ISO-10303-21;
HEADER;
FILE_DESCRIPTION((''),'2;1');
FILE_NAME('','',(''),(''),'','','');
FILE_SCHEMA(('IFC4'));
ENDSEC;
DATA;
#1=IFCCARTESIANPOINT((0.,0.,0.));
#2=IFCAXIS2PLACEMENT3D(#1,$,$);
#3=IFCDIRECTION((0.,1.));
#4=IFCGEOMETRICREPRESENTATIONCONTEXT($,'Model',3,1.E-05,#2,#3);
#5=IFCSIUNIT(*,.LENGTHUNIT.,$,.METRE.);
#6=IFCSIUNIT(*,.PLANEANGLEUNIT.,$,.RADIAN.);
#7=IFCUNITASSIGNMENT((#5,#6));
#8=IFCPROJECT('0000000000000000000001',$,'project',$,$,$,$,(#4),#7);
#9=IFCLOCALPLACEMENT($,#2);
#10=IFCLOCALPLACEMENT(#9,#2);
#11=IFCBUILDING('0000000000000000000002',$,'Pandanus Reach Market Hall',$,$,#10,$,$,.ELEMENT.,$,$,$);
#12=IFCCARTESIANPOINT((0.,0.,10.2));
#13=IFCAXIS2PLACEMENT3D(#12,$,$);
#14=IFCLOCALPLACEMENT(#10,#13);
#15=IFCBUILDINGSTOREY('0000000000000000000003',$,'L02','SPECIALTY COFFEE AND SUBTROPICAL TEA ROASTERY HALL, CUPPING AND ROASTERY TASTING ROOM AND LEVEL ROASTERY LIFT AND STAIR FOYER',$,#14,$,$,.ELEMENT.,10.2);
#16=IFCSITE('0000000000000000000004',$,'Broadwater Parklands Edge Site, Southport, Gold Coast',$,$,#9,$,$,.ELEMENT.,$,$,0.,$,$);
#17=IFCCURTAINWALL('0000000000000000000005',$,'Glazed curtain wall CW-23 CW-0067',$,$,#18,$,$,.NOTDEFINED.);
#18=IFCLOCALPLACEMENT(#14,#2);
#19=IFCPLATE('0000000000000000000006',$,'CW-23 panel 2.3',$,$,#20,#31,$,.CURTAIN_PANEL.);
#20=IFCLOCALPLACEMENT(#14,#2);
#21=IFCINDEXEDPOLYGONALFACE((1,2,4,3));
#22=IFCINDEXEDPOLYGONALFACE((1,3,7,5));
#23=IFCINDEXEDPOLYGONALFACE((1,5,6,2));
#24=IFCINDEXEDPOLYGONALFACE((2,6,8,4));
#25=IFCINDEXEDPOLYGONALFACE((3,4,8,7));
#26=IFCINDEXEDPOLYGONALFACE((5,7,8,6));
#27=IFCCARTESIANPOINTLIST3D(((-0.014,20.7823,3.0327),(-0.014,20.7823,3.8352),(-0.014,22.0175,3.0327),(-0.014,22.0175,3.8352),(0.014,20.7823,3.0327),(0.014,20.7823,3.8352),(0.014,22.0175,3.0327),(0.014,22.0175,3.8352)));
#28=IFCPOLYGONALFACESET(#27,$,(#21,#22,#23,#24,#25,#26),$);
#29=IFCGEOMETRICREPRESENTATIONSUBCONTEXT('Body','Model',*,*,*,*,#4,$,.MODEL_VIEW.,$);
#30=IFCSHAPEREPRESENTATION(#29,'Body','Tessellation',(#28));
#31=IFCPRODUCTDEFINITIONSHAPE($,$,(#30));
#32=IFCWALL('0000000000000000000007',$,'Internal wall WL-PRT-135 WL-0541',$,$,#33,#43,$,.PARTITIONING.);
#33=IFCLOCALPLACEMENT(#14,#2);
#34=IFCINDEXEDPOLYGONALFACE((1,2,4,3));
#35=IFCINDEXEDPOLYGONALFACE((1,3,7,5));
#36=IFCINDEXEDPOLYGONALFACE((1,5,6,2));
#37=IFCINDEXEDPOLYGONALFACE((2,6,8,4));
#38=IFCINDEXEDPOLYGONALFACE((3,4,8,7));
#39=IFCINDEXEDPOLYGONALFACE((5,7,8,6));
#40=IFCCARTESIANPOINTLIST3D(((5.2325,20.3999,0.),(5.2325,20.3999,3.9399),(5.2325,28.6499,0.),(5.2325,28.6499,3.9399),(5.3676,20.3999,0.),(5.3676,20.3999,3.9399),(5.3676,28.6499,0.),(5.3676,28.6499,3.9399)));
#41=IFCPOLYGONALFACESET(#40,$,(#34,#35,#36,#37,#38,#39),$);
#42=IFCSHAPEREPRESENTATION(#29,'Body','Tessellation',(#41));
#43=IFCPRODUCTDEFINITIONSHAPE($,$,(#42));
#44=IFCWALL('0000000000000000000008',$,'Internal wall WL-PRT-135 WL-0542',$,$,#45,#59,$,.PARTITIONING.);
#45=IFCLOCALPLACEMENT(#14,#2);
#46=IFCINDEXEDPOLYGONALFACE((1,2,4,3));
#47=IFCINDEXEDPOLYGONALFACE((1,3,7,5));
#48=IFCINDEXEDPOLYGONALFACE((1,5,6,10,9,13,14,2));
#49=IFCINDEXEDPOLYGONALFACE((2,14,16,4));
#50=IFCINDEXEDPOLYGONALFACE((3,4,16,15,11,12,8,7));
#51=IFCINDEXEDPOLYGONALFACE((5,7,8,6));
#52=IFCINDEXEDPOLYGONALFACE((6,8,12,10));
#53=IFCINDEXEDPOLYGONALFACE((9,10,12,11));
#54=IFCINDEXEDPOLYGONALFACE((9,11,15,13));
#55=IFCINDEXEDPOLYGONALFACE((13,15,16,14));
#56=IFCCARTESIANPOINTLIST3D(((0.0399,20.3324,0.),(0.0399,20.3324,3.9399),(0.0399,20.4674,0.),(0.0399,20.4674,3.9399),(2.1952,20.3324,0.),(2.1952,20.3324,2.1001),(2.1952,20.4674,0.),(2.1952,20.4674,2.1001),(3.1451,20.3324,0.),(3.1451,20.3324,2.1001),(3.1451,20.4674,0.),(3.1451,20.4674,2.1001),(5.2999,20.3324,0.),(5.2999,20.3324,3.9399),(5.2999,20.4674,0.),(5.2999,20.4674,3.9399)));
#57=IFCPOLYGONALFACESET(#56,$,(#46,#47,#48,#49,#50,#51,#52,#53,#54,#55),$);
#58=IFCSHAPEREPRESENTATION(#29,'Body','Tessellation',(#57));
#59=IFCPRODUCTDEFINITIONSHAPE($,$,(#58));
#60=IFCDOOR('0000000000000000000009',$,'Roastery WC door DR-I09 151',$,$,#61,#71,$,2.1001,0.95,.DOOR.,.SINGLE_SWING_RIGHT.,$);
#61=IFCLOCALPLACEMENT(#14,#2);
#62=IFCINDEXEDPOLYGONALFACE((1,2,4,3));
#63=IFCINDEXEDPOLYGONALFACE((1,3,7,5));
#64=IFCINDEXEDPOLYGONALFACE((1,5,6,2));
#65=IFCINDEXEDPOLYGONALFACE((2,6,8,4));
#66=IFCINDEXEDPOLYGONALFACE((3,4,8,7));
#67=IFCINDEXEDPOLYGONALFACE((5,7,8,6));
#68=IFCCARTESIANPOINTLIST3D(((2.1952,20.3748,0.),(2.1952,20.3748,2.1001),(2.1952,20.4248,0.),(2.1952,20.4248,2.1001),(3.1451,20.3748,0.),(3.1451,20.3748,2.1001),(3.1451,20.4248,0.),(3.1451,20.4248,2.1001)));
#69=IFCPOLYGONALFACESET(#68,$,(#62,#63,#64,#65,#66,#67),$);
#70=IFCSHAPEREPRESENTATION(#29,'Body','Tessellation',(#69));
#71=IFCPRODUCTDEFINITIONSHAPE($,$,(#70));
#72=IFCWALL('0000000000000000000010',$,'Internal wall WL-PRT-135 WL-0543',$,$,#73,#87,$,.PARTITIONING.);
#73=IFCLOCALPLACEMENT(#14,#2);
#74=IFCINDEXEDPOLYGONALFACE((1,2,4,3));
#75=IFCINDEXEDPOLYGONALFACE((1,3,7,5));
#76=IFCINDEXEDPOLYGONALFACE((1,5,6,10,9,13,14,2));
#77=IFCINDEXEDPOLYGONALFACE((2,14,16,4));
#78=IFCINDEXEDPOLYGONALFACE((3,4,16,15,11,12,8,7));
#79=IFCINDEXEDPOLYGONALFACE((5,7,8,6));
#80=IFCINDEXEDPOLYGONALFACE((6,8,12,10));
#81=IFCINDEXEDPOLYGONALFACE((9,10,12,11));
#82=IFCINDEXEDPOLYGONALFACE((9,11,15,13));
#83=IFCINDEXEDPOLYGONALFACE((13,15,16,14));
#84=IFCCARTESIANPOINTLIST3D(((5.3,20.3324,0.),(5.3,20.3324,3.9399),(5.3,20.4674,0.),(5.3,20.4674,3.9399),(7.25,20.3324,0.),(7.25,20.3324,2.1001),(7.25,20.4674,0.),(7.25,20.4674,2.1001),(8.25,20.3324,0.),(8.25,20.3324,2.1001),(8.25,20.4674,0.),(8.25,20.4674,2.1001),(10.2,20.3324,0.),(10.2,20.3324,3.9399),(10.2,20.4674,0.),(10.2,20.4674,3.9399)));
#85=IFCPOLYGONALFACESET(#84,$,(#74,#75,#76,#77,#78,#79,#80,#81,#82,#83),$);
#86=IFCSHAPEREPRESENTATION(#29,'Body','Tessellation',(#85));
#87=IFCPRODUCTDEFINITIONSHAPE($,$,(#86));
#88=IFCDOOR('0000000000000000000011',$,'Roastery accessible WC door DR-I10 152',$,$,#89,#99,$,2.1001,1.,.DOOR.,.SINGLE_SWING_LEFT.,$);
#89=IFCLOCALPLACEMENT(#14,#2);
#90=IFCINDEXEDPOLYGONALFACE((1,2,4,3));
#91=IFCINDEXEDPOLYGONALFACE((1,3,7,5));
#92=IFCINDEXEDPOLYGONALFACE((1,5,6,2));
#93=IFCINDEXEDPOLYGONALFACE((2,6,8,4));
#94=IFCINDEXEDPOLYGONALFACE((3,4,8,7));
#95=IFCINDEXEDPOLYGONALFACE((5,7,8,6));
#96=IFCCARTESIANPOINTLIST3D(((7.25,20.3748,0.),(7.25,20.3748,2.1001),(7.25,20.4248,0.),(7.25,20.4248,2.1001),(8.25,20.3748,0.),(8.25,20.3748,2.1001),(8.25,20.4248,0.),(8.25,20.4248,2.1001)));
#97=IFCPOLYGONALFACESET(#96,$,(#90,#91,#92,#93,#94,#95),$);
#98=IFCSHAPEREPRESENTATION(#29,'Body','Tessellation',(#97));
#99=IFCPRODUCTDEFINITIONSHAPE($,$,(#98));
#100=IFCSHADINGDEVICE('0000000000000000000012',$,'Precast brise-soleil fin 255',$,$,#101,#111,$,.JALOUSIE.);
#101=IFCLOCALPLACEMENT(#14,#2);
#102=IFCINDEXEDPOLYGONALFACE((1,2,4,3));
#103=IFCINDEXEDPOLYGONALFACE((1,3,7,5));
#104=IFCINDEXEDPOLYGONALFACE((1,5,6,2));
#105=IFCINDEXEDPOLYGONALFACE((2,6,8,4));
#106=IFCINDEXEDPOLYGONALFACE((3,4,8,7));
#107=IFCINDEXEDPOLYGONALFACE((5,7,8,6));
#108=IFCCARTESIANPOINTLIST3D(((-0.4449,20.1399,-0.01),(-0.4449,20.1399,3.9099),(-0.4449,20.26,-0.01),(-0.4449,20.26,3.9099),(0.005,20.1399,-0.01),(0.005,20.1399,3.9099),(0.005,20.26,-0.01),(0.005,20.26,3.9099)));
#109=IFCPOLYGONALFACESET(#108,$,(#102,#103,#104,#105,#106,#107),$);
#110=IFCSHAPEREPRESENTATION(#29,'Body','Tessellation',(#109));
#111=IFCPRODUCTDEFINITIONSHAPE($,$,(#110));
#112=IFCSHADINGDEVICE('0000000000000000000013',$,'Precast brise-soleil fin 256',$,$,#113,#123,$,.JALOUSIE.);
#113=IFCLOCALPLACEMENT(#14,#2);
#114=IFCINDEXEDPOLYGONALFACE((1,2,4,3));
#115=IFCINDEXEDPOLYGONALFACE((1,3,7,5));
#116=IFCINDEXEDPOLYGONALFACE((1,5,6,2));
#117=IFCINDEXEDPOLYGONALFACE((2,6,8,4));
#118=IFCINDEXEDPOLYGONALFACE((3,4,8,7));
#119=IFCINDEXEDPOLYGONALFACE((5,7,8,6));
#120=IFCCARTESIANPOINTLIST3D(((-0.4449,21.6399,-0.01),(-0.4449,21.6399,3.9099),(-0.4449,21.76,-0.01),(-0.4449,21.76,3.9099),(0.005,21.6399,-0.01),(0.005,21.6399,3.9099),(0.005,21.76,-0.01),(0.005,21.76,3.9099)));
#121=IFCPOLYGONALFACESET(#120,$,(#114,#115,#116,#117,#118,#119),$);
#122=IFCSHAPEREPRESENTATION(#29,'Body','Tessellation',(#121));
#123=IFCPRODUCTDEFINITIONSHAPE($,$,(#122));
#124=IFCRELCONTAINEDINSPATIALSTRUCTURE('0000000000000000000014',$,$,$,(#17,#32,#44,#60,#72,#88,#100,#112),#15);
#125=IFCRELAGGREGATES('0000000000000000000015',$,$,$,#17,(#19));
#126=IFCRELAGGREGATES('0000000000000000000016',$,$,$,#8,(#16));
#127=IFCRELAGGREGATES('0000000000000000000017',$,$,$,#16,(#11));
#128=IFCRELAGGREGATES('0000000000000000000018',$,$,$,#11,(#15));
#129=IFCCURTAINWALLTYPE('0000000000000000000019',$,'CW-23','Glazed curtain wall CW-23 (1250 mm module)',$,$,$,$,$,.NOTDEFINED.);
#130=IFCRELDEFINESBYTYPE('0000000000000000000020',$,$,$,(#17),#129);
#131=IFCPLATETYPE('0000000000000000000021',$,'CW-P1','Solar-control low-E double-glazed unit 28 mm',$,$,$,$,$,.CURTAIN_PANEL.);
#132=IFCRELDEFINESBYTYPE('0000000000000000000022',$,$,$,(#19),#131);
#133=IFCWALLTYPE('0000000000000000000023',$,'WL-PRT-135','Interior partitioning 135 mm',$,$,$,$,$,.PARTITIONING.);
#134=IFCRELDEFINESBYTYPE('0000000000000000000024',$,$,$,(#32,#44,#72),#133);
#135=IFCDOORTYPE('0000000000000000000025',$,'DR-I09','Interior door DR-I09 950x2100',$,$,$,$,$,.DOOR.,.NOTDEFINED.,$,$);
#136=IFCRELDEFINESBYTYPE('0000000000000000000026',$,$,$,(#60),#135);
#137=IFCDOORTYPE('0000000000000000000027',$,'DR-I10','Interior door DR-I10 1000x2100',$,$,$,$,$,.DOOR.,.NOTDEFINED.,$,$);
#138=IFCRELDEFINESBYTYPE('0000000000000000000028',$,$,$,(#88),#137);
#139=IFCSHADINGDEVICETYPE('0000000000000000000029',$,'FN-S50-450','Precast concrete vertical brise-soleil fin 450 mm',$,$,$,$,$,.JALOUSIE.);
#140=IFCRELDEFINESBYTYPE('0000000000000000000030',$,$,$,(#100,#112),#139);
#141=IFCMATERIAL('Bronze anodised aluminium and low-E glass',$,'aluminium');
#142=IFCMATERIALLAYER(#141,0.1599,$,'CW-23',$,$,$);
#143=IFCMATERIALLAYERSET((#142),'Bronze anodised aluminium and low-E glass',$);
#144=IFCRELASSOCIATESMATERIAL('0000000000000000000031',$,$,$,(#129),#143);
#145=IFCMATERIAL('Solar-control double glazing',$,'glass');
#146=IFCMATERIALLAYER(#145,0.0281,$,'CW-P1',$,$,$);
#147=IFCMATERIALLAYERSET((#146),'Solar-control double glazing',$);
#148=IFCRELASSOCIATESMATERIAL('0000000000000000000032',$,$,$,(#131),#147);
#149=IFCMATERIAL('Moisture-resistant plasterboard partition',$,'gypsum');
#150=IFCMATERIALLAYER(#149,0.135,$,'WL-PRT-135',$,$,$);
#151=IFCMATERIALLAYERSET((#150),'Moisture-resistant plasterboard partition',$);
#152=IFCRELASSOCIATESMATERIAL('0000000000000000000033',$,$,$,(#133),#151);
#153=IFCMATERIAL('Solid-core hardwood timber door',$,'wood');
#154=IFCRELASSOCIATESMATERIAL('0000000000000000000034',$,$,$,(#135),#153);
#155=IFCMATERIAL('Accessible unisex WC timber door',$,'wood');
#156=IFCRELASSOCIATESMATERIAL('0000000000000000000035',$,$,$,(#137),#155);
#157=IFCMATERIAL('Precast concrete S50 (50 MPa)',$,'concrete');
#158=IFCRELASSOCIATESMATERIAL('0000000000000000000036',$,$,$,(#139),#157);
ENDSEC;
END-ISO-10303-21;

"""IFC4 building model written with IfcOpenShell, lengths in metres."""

from ifc_helpers import new_model, si_unit, direction, frame, frame_2d, origin, origin_2d, place, context, subcontext, project, spatial, rectangle, extrude, material, layer, layer_set, type_object, element, fill, aggregate, save


model = new_model("IFC4")

# Units and contexts
model_context = context("Model", 3, precision=1e-05, world=origin(), true_north=direction((0.0, 1.0)))
body_context = subcontext(model_context, "Body", "Model", "MODEL_VIEW")
ifc_project = project(units=[si_unit("LENGTHUNIT", "METRE"), si_unit("PLANEANGLEUNIT", "RADIAN")], contexts=[model_context])

# Site, building, storey
site_placement = place(None, origin())
site = spatial("IfcSite", under=ifc_project, at=site_placement, Name="Broadwater Parklands Edge Site, Southport, Gold Coast", CompositionType="ELEMENT", RefElevation=0.0)
building_placement = place(site_placement, origin())
building = spatial("IfcBuilding", under=site, at=building_placement, Name="Pandanus Reach Market Hall", CompositionType="ELEMENT")
storey_placement = place(building_placement, frame((0.0, 0.0, 10.2)))
storey = spatial("IfcBuildingStorey", under=building, at=storey_placement, Name="L02", Description="SPECIALTY COFFEE AND SUBTROPICAL TEA ROASTERY HALL, CUPPING AND ROASTERY TASTING ROOM AND LEVEL ROASTERY LIFT AND STAIR FOYER", CompositionType="ELEMENT", Elevation=10.2)

# Curtain wall
ifc_material_1 = material(Name="Bronze anodised aluminium and low-E glass", Category="aluminium")
ifc_layer_1 = layer(ifc_material_1, 0.1599, Name="CW-23")
ifc_layer_set_1 = layer_set([ifc_layer_1], Name="Bronze anodised aluminium and low-E glass")
curtain_wall_type = type_object("IfcCurtainWallType", Name="CW-23", Description="Glazed curtain wall CW-23 (1250 mm module)", PredefinedType="NOTDEFINED", material=ifc_layer_set_1)
curtain_wall_placement = place(storey_placement, origin())
curtain_wall = element("IfcCurtainWall", 1, at=curtain_wall_placement, inside=storey, type_object=curtain_wall_type, Name="Glazed curtain wall CW-23 CW-0067", PredefinedType="NOTDEFINED")

# Plate
ifc_material_2 = material(Name="Solar-control double glazing", Category="glass")
ifc_layer_2 = layer(ifc_material_2, 0.0281, Name="CW-P1")
ifc_layer_set_2 = layer_set([ifc_layer_2], Name="Solar-control double glazing")
plate_type = type_object("IfcPlateType", Name="CW-P1", Description="Solar-control low-E double-glazed unit 28 mm", PredefinedType="CURTAIN_PANEL", material=ifc_layer_set_2)
plate_1_placement = place(storey_placement, frame((0.0, 21.3999, 3.0327), z_axis=(0.0, 0.0, 1.0), x_axis=(0.0, 1.0, 0.0)))
plate_1 = element("IfcPlate", 2, at=plate_1_placement, type_object=plate_type, Name="CW-23 panel 2.3", PredefinedType="CURTAIN_PANEL", context=body_context, shape_type="SweptSolid", body=[
    extrude(rectangle(XDim=1.2351, YDim=0.0281, at=origin_2d()), origin(), (0.0, 0.0, 1.0), 0.8025),
])
aggregate(curtain_wall, [plate_1])

# Wall
ifc_material_3 = material(Name="Moisture-resistant plasterboard partition", Category="gypsum")
ifc_layer_3 = layer(ifc_material_3, 0.135, Name="WL-PRT-135")
ifc_layer_set_3 = layer_set([ifc_layer_3], Name="Moisture-resistant plasterboard partition")
wall_type = type_object("IfcWallType", Name="WL-PRT-135", Description="Interior partitioning 135 mm", PredefinedType="PARTITIONING", material=ifc_layer_set_3)
wall_1_placement = place(storey_placement, frame((5.3, 20.3999, 0.0), z_axis=(0.0, 0.0, 1.0), x_axis=(0.0, 1.0, 0.0)))
element("IfcWall", 3, at=wall_1_placement, inside=storey, type_object=wall_type, Name="Internal wall WL-PRT-135 WL-0541", PredefinedType="PARTITIONING", context=body_context, shape_type="SweptSolid", body=[
    extrude(rectangle(XDim=8.25, YDim=0.135, at=frame_2d((4.125, 0.0))), origin(), (0.0, 0.0, 1.0), 3.9399),
])

# Walls, openings, doors
wall_2_placement = place(storey_placement, frame((0.04, 20.3999, 0.0), z_axis=(0.0, 0.0, 1.0), x_axis=(1.0, 0.0, 0.0)))
wall_2 = element("IfcWall", 4, at=wall_2_placement, inside=storey, type_object=wall_type, Name="Internal wall WL-PRT-135 WL-0542", PredefinedType="PARTITIONING", context=body_context, shape_type="SweptSolid", body=[
    extrude(rectangle(XDim=5.26, YDim=0.135, at=frame_2d((2.6299, 0.0))), origin(), (0.0, 0.0, 1.0), 3.9399),
])
opening_1_placement = place(wall_2_placement, frame((2.155, 0.0, 0.0)))
opening_1 = element("IfcOpeningElement", 5, at=opening_1_placement, cuts=wall_2, PredefinedType="OPENING", context=body_context, shape_type="SweptSolid", body=[
    extrude(rectangle(XDim=0.95, YDim=2.1001, at=frame_2d((0.4751, 1.05))), frame((0.0, 0.0825, 0.0), z_axis=(0.0, -1.0, 0.0), x_axis=(1.0, 0.0, 0.0)), (0.0, 0.0, 1.0), 0.165),
])
ifc_material_4 = material(Name="Solid-core hardwood timber door", Category="wood")
door_type_1 = type_object("IfcDoorType", Name="DR-I09", Description="Interior door DR-I09 950x2100", OperationType="NOTDEFINED", PredefinedType="DOOR", material=ifc_material_4)
door_1_placement = place(opening_1_placement, origin())
door_1 = element("IfcDoor", 6, at=door_1_placement, inside=storey, type_object=door_type_1, Name="Roastery WC door DR-I09 151", OperationType="SINGLE_SWING_RIGHT", OverallHeight=2.1001, OverallWidth=0.95, PredefinedType="DOOR", context=body_context, shape_type="SweptSolid", body=[
    extrude(rectangle(XDim=0.95, YDim=2.1001, at=frame_2d((0.4751, 1.05))), frame((0.0, 0.0249, 0.0), z_axis=(0.0, -1.0, 0.0), x_axis=(1.0, 0.0, 0.0)), (0.0, 0.0, 1.0), 0.05),
])
fill(opening_1, door_1)
wall_3_placement = place(storey_placement, frame((5.3, 20.3999, 0.0), z_axis=(0.0, 0.0, 1.0), x_axis=(1.0, 0.0, 0.0)))
wall_3 = element("IfcWall", 7, at=wall_3_placement, inside=storey, type_object=wall_type, Name="Internal wall WL-PRT-135 WL-0543", PredefinedType="PARTITIONING", context=body_context, shape_type="SweptSolid", body=[
    extrude(rectangle(XDim=4.8999, YDim=0.135, at=frame_2d((2.45, 0.0))), origin(), (0.0, 0.0, 1.0), 3.9399),
])
opening_2_placement = place(wall_3_placement, frame((1.95, 0.0, 0.0)))
opening_2 = element("IfcOpeningElement", 8, at=opening_2_placement, cuts=wall_3, PredefinedType="OPENING", context=body_context, shape_type="SweptSolid", body=[
    extrude(rectangle(XDim=1.0, YDim=2.1001, at=frame_2d((0.5, 1.05))), frame((0.0, 0.0825, 0.0), z_axis=(0.0, -1.0, 0.0), x_axis=(1.0, 0.0, 0.0)), (0.0, 0.0, 1.0), 0.165),
])
ifc_material_5 = material(Name="Accessible unisex WC timber door", Category="wood")
door_type_2 = type_object("IfcDoorType", Name="DR-I10", Description="Interior door DR-I10 1000x2100", OperationType="NOTDEFINED", PredefinedType="DOOR", material=ifc_material_5)
door_2_placement = place(opening_2_placement, origin())
door_2 = element("IfcDoor", 9, at=door_2_placement, inside=storey, type_object=door_type_2, Name="Roastery accessible WC door DR-I10 152", OperationType="SINGLE_SWING_LEFT", OverallHeight=2.1001, OverallWidth=1.0, PredefinedType="DOOR", context=body_context, shape_type="SweptSolid", body=[
    extrude(rectangle(XDim=1.0, YDim=2.1001, at=frame_2d((0.5, 1.05))), frame((0.0, 0.0249, 0.0), z_axis=(0.0, -1.0, 0.0), x_axis=(1.0, 0.0, 0.0)), (0.0, 0.0, 1.0), 0.05),
])
fill(opening_2, door_2)

# Shading devices
ifc_material_6 = material(Name="Precast concrete S50 (50 MPa)", Category="concrete")
shading_device_type = type_object("IfcShadingDeviceType", Name="FN-S50-450", Description="Precast concrete vertical brise-soleil fin 450 mm", PredefinedType="JALOUSIE", material=ifc_material_6)
for number, where, z_axis, x_axis, name in (
    (10, (-0.22, 20.2, -0.01), (0.0, 0.0, 1.0), (-1.0, 0.0, 0.0), "Precast brise-soleil fin 255"),
    (11, (-0.22, 21.7, -0.01), (0.0, 0.0, 1.0), (-1.0, 0.0, 0.0), "Precast brise-soleil fin 256"),
):
    element("IfcShadingDevice", number, at=place(storey_placement, frame(where, z_axis=z_axis, x_axis=x_axis)), inside=storey, type_object=shading_device_type, Name=name, PredefinedType="JALOUSIE", context=body_context, shape_type="SweptSolid", body=[
        extrude(rectangle(XDim=0.45, YDim=0.1201, at=origin_2d()), origin(), (0.0, 0.0, 1.0), 3.9199),
    ])

save(model, "model.ifc")
